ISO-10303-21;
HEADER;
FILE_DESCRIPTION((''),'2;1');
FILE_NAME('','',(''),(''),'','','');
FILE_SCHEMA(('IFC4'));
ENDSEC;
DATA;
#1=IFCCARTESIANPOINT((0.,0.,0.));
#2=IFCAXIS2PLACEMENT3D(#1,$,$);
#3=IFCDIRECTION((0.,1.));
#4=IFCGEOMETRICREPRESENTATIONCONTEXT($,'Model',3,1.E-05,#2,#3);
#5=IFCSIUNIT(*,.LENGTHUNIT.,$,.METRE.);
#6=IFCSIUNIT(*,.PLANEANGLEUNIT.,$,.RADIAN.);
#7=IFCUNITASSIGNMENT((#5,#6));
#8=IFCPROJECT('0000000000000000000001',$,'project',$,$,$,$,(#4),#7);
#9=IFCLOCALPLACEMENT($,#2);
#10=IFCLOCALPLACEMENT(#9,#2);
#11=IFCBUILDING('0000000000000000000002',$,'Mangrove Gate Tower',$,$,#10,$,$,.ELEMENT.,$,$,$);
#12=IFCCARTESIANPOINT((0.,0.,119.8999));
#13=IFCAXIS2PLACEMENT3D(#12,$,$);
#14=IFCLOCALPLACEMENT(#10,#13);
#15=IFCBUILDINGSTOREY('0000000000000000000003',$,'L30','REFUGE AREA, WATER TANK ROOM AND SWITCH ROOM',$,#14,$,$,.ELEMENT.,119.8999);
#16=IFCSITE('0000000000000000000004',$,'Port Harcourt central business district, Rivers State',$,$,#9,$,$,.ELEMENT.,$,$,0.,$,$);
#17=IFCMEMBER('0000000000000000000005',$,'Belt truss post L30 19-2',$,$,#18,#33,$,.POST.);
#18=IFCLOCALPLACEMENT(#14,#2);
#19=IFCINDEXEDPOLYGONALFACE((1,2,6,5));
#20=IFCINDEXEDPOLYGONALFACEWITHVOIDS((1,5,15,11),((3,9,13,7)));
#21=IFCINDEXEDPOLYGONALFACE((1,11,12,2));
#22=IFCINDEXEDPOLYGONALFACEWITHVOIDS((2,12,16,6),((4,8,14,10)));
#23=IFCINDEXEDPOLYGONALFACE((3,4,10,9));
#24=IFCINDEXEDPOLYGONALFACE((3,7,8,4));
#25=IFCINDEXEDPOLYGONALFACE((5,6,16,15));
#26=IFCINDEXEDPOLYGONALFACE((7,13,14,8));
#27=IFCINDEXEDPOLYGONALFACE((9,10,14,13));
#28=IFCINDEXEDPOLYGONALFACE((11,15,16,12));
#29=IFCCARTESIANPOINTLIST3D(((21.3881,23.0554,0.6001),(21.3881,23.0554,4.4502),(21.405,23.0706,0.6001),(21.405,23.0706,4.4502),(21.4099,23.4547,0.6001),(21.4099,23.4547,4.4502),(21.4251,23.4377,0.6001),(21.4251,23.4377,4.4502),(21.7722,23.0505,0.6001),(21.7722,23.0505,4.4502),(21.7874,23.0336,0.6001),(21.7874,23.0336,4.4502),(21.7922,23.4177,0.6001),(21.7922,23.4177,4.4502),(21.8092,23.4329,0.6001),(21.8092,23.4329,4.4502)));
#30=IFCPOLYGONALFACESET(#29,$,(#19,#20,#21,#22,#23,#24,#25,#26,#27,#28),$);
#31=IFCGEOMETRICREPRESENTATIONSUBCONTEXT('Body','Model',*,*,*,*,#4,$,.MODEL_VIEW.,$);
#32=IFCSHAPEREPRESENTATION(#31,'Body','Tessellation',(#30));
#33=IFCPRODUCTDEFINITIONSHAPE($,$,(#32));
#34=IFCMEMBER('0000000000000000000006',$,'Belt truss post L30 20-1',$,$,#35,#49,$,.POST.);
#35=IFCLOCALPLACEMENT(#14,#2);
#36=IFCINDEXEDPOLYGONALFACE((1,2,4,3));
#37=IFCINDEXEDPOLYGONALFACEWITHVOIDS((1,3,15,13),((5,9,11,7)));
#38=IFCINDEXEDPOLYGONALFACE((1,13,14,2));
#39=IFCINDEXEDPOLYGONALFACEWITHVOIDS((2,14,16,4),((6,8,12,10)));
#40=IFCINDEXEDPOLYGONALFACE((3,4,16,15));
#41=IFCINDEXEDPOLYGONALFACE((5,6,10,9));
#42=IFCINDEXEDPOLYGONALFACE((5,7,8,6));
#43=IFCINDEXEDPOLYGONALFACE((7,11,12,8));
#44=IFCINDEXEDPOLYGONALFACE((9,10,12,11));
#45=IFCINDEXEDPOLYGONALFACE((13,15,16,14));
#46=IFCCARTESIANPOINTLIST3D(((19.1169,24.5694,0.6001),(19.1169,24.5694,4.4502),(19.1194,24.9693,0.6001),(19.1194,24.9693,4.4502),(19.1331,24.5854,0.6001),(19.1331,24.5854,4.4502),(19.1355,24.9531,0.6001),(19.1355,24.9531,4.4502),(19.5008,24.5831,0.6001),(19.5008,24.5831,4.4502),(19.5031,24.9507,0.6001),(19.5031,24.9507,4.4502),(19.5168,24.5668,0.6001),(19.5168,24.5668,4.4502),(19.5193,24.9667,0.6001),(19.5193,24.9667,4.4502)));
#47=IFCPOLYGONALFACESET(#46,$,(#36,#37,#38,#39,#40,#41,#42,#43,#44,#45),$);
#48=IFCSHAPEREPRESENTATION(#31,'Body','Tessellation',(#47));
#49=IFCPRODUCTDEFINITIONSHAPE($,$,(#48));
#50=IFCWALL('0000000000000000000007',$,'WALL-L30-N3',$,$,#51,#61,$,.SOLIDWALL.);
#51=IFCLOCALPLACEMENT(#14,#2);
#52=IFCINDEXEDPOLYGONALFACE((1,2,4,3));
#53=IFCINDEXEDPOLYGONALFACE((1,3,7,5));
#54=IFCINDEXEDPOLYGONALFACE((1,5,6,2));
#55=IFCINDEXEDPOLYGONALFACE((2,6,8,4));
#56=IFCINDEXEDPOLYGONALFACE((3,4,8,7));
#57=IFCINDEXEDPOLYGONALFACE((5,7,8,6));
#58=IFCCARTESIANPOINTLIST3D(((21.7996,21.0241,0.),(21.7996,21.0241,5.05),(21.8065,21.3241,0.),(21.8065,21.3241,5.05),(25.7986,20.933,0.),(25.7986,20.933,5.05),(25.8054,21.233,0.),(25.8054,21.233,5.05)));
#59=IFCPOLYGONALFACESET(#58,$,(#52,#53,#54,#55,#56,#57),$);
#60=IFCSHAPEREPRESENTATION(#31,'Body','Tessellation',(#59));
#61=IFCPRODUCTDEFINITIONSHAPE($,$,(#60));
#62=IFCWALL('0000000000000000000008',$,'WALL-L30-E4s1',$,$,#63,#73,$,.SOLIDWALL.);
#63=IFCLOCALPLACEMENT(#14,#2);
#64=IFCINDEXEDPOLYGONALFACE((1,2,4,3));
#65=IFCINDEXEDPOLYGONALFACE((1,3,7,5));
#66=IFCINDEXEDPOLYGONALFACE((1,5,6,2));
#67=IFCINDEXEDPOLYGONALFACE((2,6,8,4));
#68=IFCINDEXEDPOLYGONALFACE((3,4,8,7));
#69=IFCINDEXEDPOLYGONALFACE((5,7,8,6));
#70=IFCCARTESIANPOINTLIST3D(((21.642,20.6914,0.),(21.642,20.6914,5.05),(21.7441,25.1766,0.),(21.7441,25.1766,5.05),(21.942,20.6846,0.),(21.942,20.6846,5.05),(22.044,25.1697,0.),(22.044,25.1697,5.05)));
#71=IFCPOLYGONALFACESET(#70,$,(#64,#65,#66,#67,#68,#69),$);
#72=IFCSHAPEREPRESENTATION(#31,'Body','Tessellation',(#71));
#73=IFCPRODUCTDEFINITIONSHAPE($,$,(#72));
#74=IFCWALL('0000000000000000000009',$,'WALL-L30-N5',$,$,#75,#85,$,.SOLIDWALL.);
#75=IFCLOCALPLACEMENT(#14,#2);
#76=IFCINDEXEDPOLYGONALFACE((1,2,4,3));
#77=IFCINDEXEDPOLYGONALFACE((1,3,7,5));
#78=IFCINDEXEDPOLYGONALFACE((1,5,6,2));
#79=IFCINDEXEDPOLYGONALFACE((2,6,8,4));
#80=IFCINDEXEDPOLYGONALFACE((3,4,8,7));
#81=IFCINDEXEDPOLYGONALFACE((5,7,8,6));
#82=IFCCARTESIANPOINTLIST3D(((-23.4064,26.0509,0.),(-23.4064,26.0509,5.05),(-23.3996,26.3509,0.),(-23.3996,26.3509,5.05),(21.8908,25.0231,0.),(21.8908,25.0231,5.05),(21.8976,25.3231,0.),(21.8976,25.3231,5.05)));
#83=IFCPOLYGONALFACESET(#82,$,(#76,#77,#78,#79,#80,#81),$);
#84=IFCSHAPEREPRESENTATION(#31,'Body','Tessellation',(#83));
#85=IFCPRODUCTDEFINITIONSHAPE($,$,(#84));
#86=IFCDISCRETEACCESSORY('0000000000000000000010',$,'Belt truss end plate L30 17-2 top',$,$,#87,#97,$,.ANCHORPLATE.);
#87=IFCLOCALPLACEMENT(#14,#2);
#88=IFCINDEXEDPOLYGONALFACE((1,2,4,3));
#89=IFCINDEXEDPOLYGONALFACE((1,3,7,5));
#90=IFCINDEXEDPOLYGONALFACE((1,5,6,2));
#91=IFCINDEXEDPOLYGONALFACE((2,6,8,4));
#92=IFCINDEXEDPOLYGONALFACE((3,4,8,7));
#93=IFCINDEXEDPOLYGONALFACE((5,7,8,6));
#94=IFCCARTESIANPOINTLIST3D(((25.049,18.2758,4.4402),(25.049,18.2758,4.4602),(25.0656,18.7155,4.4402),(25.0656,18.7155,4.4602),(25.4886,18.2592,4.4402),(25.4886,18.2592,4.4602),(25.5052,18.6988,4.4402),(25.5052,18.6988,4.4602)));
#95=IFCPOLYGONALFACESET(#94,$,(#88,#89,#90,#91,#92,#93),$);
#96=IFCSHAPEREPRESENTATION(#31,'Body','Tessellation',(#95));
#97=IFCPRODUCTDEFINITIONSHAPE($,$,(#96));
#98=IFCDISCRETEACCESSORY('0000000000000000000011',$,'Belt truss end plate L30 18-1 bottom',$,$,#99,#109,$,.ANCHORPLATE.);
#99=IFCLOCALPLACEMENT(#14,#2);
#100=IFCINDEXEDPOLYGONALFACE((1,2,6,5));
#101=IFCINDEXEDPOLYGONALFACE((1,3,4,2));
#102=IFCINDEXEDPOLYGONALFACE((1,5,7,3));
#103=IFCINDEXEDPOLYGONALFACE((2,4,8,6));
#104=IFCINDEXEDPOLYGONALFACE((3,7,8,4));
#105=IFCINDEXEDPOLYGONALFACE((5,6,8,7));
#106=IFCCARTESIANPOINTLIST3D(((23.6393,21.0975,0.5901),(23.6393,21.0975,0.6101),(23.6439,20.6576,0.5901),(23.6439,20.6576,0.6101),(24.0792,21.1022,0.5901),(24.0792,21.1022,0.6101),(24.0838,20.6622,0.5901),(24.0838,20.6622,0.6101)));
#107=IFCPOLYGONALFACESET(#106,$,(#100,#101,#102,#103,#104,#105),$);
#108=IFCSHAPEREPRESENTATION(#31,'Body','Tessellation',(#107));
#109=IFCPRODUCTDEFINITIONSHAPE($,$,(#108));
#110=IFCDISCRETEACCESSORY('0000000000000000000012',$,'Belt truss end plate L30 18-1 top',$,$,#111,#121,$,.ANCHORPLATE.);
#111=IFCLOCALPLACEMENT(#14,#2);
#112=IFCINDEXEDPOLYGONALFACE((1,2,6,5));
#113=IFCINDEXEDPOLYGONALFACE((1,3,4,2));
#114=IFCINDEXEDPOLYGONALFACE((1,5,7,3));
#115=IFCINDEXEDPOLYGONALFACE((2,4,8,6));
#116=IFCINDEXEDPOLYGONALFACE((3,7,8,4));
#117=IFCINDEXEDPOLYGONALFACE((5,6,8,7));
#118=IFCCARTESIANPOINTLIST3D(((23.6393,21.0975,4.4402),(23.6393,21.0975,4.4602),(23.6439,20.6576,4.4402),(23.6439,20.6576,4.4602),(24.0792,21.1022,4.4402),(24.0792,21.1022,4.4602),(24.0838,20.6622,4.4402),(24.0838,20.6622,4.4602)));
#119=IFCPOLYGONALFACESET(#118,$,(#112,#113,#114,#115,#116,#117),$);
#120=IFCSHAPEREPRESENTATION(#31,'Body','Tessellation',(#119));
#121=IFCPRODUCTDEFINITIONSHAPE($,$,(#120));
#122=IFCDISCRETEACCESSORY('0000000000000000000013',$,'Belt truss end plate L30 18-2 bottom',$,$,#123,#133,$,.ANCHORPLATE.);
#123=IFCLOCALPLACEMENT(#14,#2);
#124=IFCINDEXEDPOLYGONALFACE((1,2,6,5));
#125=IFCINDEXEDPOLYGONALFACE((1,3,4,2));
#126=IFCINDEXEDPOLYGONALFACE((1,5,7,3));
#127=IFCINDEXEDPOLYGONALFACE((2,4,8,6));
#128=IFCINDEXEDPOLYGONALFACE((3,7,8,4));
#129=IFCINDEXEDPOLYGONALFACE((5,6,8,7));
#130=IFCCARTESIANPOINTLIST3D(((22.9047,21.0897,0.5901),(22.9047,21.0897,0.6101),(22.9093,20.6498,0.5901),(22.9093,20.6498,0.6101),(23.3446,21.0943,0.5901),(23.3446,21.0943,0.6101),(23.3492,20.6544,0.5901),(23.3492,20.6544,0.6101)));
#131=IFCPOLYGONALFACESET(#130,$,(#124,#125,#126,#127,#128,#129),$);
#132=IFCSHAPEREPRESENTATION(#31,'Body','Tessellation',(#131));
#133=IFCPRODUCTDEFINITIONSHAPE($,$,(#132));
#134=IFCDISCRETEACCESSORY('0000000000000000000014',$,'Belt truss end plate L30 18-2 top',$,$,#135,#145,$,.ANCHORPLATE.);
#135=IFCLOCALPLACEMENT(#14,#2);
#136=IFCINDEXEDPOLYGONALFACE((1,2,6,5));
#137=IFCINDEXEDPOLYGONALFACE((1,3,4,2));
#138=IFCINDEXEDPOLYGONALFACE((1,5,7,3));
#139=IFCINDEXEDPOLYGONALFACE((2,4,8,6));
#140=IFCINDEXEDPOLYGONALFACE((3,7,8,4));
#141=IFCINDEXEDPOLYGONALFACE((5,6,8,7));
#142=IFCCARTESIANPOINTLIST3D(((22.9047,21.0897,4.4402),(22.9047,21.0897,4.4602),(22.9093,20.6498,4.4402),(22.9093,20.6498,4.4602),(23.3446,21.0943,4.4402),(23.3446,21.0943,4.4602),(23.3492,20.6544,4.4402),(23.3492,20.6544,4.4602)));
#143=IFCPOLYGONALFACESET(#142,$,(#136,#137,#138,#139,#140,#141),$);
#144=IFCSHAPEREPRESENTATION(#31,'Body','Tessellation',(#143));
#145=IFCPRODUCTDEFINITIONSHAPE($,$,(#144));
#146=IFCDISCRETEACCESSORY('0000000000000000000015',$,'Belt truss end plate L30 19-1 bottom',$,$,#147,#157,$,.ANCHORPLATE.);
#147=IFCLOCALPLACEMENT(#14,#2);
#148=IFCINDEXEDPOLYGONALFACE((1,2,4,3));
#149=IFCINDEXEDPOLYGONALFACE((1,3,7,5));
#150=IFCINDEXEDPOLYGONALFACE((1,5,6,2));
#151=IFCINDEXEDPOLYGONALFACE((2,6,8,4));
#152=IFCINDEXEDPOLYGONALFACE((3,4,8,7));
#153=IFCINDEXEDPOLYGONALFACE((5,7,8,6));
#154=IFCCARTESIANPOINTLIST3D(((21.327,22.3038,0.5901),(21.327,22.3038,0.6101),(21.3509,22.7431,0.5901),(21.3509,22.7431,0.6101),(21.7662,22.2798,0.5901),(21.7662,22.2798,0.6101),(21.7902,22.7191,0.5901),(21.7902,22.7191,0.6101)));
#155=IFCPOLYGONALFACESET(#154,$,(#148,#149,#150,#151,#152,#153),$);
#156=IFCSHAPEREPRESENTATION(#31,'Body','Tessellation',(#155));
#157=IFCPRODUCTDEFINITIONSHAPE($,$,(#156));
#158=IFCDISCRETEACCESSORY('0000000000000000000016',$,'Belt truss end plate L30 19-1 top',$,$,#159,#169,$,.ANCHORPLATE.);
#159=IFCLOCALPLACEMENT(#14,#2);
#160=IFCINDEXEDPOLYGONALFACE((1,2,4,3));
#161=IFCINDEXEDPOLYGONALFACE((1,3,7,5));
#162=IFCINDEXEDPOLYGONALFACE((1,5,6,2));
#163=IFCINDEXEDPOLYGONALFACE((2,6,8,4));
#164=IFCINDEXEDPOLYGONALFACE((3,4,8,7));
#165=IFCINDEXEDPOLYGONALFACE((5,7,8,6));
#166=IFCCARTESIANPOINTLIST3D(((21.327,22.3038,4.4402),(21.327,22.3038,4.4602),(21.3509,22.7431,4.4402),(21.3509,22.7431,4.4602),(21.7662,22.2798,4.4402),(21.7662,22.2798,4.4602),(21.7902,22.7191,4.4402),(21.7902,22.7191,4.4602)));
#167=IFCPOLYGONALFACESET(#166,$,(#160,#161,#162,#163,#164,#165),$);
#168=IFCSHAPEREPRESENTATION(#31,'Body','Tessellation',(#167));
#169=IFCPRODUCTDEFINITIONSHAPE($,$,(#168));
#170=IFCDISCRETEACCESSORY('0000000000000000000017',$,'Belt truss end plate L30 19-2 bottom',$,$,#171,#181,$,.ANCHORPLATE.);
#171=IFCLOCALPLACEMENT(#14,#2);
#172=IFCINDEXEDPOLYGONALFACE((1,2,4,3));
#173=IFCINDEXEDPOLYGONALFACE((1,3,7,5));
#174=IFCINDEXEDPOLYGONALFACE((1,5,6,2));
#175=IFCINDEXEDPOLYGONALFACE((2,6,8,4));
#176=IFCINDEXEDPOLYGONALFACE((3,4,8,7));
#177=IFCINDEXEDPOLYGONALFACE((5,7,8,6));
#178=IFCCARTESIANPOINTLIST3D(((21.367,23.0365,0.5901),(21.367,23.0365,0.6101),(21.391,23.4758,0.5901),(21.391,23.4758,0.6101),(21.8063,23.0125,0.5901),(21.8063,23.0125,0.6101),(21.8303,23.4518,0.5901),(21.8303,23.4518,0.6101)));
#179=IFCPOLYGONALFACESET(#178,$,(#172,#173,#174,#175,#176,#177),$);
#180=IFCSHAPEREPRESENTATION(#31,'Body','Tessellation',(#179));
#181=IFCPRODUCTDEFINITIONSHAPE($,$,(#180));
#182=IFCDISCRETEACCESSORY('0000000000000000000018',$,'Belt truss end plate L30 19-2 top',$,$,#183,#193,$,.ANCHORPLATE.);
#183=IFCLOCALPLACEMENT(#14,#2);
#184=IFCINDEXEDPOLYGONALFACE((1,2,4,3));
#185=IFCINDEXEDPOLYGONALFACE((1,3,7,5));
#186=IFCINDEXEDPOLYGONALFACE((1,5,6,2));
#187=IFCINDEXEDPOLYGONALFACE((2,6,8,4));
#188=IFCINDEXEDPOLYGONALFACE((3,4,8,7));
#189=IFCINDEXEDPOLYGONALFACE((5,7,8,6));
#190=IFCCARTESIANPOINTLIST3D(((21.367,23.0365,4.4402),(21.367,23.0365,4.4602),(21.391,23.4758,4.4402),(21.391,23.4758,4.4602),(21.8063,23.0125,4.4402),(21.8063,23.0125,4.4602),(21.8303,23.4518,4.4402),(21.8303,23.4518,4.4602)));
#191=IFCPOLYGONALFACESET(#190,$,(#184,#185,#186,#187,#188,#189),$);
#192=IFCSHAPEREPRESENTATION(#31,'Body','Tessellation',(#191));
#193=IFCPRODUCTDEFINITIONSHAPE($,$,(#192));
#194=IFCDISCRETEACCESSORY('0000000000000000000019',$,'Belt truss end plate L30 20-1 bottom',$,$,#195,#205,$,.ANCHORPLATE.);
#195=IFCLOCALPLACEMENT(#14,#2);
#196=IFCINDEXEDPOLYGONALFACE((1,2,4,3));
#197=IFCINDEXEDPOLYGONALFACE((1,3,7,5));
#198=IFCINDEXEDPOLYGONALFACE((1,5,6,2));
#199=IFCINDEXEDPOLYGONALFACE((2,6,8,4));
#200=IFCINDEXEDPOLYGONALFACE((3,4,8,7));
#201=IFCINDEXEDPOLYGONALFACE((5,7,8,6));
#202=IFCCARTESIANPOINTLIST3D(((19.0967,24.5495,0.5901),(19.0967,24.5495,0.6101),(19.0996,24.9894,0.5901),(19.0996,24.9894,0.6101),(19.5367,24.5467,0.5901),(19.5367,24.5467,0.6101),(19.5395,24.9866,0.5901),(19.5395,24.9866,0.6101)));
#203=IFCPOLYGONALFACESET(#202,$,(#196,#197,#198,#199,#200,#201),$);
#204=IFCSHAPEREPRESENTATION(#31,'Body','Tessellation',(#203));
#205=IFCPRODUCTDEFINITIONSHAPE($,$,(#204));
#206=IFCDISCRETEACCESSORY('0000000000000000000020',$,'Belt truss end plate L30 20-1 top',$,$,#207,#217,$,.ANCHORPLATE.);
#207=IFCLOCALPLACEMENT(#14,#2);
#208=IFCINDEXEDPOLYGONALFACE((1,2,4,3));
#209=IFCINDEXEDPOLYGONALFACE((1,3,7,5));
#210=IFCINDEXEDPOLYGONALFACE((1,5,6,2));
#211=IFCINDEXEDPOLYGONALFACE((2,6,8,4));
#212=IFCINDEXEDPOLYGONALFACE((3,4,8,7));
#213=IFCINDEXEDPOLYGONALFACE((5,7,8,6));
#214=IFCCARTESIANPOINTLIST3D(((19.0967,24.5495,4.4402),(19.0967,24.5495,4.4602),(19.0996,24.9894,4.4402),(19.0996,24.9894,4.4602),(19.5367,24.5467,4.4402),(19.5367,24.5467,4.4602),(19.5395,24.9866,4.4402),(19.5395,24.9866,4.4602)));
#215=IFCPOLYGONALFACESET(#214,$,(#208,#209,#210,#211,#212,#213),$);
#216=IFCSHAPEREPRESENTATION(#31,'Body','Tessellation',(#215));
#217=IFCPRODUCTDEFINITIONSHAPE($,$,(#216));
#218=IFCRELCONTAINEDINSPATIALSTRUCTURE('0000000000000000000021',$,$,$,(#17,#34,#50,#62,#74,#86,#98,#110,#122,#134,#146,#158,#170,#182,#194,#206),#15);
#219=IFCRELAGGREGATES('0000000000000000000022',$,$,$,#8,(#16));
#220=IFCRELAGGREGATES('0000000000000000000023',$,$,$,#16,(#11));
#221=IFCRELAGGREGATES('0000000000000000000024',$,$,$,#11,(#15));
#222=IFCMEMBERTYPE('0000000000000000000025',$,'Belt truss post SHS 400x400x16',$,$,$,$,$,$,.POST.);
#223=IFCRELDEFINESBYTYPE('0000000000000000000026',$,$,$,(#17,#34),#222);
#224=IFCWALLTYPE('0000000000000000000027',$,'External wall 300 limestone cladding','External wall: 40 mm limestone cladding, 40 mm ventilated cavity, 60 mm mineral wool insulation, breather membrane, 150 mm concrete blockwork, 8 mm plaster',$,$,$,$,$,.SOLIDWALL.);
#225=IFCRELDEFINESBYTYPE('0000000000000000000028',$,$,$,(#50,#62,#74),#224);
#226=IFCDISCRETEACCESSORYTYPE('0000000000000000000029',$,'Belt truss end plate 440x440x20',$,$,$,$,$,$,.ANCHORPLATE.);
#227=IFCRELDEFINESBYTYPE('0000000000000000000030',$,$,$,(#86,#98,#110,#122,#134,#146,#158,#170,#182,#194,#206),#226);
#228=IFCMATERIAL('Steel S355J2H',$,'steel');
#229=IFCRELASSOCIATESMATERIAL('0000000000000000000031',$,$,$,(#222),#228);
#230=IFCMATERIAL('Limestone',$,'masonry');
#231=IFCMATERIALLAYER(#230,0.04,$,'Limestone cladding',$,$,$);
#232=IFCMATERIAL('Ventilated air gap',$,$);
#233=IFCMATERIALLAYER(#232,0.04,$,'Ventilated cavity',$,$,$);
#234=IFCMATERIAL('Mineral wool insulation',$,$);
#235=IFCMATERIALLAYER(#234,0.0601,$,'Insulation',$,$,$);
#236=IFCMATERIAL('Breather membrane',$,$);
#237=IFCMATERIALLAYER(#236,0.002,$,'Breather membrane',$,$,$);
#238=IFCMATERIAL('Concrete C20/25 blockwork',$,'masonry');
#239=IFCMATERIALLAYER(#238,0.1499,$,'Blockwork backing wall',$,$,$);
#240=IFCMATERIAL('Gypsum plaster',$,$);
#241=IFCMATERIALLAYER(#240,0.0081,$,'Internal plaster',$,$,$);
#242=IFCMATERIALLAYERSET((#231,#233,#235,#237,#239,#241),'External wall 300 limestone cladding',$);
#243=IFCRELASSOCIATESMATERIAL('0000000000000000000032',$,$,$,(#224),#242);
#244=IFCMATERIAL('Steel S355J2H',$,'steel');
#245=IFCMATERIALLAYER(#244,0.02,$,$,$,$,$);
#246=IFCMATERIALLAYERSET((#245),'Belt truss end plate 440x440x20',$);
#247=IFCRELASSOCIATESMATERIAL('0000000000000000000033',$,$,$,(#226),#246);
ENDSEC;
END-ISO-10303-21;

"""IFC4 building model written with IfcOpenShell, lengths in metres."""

from ifc_helpers import new_model, si_unit, direction, frame, frame_2d, origin, origin_2d, place, context, subcontext, project, spatial, rectangle, hollow_rectangle, extrude, material, layer, layer_set, material_profile, profile_set, type_object, element, save


model = new_model("IFC4")

# Units and contexts
model_context = context("Model", 3, precision=1e-05, world=origin(), true_north=direction((0.0, 1.0)))
body_context = subcontext(model_context, "Body", "Model", "MODEL_VIEW")
ifc_project = project(units=[si_unit("LENGTHUNIT", "METRE"), si_unit("PLANEANGLEUNIT", "RADIAN")], contexts=[model_context])

# Site, building, storey
site_placement = place(None, origin())
site = spatial("IfcSite", under=ifc_project, at=site_placement, Name="Port Harcourt central business district, Rivers State", CompositionType="ELEMENT", RefElevation=0.0)
building_placement = place(site_placement, origin())
building = spatial("IfcBuilding", under=site, at=building_placement, Name="Mangrove Gate Tower", CompositionType="ELEMENT")
storey_placement = place(building_placement, frame((0.0, 0.0, 119.8999)))
storey = spatial("IfcBuildingStorey", under=building, at=storey_placement, Name="L30", Description="REFUGE AREA, WATER TANK ROOM AND SWITCH ROOM", CompositionType="ELEMENT", Elevation=119.8999)

# Members
ifc_material_1 = material(Name="Steel S355J2H", Category="steel")
ifc_material_profile_1 = material_profile(ifc_material_1, hollow_rectangle(XDim=0.3999, YDim=0.3999, WallThickness=0.0161, at=origin_2d()))
ifc_profile_set_1 = profile_set([ifc_material_profile_1], Name="Steel S355J2H")
member_type_1 = type_object("IfcMemberType", Name="Belt truss post SHS 400x400x16", PredefinedType="POST", material=ifc_profile_set_1)
for number, where, z_axis, x_axis, name in (
    (1, (21.5986, 23.2441, 0.6001), (0.0, 0.0, 1.0), (0.05455, 0.998511, 0.0), "Belt truss post L30 19-2"),
    (2, (19.3181, 24.7681, 0.6001), (0.0, 0.0, 1.0), (-0.99998, 0.006374, 0.0), "Belt truss post L30 20-1"),
):
    element("IfcMember", number, at=place(storey_placement, frame(where, z_axis=z_axis, x_axis=x_axis)), inside=storey, type_object=member_type_1, Name=name, PredefinedType="POST", context=body_context, shape_type="SweptSolid", body=[
        extrude(hollow_rectangle(XDim=0.3999, YDim=0.3999, WallThickness=0.0161, at=origin_2d()), origin(), (0.0, 0.0, 1.0), 3.8501),
    ])

# Walls
ifc_material_2 = material(Name="Limestone", Category="masonry")
ifc_layer_1 = layer(ifc_material_2, 0.04, Name="Limestone cladding")
ifc_material_3 = material(Name="Ventilated air gap")
ifc_layer_2 = layer(ifc_material_3, 0.04, Name="Ventilated cavity")
ifc_material_4 = material(Name="Mineral wool insulation")
ifc_layer_3 = layer(ifc_material_4, 0.0601, Name="Insulation")
ifc_material_5 = material(Name="Breather membrane")
ifc_layer_4 = layer(ifc_material_5, 0.002, Name="Breather membrane")
ifc_material_6 = material(Name="Concrete C20/25 blockwork", Category="masonry")
ifc_layer_5 = layer(ifc_material_6, 0.1499, Name="Blockwork backing wall")
ifc_material_7 = material(Name="Gypsum plaster")
ifc_layer_6 = layer(ifc_material_7, 0.0081, Name="Internal plaster")
ifc_layer_set_1 = layer_set([ifc_layer_1, ifc_layer_2, ifc_layer_3, ifc_layer_4, ifc_layer_5, ifc_layer_6], Name="External wall 300 limestone cladding")
wall_type = type_object("IfcWallType", Name="External wall 300 limestone cladding", Description="External wall: 40 mm limestone cladding, 40 mm ventilated cavity, 60 mm mineral wool insulation, breather membrane, 150 mm concrete blockwork, 8 mm plaster", PredefinedType="SOLIDWALL", material=ifc_layer_set_1)
wall_1_placement = place(storey_placement, frame((25.802, 21.083, 0.0), z_axis=(0.0, 0.0, 1.0), x_axis=(-0.999741, 0.022766, 0.0)))
element("IfcWall", 3, at=wall_1_placement, inside=storey, type_object=wall_type, Name="WALL-L30-N3", PredefinedType="SOLIDWALL", context=body_context, shape_type="SweptSolid", body=[
    extrude(rectangle(XDim=4.0, YDim=0.3, at=frame_2d((2.0, 0.0))), origin(), (0.0, 0.0, 1.0), 5.05),
])
wall_2_placement = place(storey_placement, frame((21.792, 20.688, 0.0), z_axis=(0.0, 0.0, 1.0), x_axis=(0.022747, 0.999741, 0.0)))
element("IfcWall", 4, at=wall_2_placement, inside=storey, type_object=wall_type, Name="WALL-L30-E4s1", PredefinedType="SOLIDWALL", context=body_context, shape_type="SweptSolid", body=[
    extrude(rectangle(XDim=4.4863, YDim=0.3, at=frame_2d((2.2432, 0.0))), origin(), (0.0, 0.0, 1.0), 5.05),
])
wall_3_placement = place(storey_placement, frame((21.894, 25.1731, 0.0), z_axis=(0.0, 0.0, 1.0), x_axis=(-0.999743, 0.022685, 0.0)))
element("IfcWall", 5, at=wall_3_placement, inside=storey, type_object=wall_type, Name="WALL-L30-N5", PredefinedType="SOLIDWALL", context=body_context, shape_type="SweptSolid", body=[
    extrude(rectangle(XDim=45.3088, YDim=0.3, at=frame_2d((22.6543, 0.0))), origin(), (0.0, 0.0, 1.0), 5.05),
])

# Discrete accessories
ifc_material_8 = material(Name="Steel S355J2H", Category="steel")
ifc_layer_7 = layer(ifc_material_8, 0.02)
ifc_layer_set_2 = layer_set([ifc_layer_7], Name="Belt truss end plate 440x440x20")
discrete_accessory_type = type_object("IfcDiscreteAccessoryType", Name="Belt truss end plate 440x440x20", PredefinedType="ANCHORPLATE", material=ifc_layer_set_2)
for number, where, z_axis, x_axis, name in (
    (6, (25.2771, 18.4873, 4.4402), (0.0, 0.0, 1.0), (0.0379, 0.999282, 0.0), "Belt truss end plate L30 17-2 top"),
    (7, (23.8616, 20.8799, 0.5901), (0.0, 0.0, 1.0), (-0.999945, -0.010535, 0.0), "Belt truss end plate L30 18-1 bottom"),
    (8, (23.8616, 20.8799, 4.4402), (0.0, 0.0, 1.0), (-0.999945, -0.010535, 0.0), "Belt truss end plate L30 18-1 top"),
    (9, (23.127, 20.8721, 0.5901), (0.0, 0.0, 1.0), (-0.999945, -0.010535, 0.0), "Belt truss end plate L30 18-2 bottom"),
    (10, (23.127, 20.8721, 4.4402), (0.0, 0.0, 1.0), (-0.999945, -0.010535, 0.0), "Belt truss end plate L30 18-2 top"),
    (11, (21.5586, 22.5115, 0.5901), (0.0, 0.0, 1.0), (0.05455, 0.998511, 0.0), "Belt truss end plate L30 19-1 bottom"),
    (12, (21.5586, 22.5115, 4.4402), (0.0, 0.0, 1.0), (0.05455, 0.998511, 0.0), "Belt truss end plate L30 19-1 top"),
    (13, (21.5986, 23.2441, 0.5901), (0.0, 0.0, 1.0), (0.05455, 0.998511, 0.0), "Belt truss end plate L30 19-2 bottom"),
    (14, (21.5986, 23.2441, 4.4402), (0.0, 0.0, 1.0), (0.05455, 0.998511, 0.0), "Belt truss end plate L30 19-2 top"),
    (15, (19.3181, 24.7681, 0.5901), (0.0, 0.0, 1.0), (-0.99998, 0.006374, 0.0), "Belt truss end plate L30 20-1 bottom"),
    (16, (19.3181, 24.7681, 4.4402), (0.0, 0.0, 1.0), (-0.99998, 0.006374, 0.0), "Belt truss end plate L30 20-1 top"),
):
    element("IfcDiscreteAccessory", number, at=place(storey_placement, frame(where, z_axis=z_axis, x_axis=x_axis)), inside=storey, type_object=discrete_accessory_type, Name=name, PredefinedType="ANCHORPLATE", context=body_context, shape_type="SweptSolid", body=[
        extrude(rectangle(XDim=0.4399, YDim=0.4399, at=origin_2d()), origin(), (0.0, 0.0, 1.0), 0.02),
    ])

save(model, "model.ifc")
